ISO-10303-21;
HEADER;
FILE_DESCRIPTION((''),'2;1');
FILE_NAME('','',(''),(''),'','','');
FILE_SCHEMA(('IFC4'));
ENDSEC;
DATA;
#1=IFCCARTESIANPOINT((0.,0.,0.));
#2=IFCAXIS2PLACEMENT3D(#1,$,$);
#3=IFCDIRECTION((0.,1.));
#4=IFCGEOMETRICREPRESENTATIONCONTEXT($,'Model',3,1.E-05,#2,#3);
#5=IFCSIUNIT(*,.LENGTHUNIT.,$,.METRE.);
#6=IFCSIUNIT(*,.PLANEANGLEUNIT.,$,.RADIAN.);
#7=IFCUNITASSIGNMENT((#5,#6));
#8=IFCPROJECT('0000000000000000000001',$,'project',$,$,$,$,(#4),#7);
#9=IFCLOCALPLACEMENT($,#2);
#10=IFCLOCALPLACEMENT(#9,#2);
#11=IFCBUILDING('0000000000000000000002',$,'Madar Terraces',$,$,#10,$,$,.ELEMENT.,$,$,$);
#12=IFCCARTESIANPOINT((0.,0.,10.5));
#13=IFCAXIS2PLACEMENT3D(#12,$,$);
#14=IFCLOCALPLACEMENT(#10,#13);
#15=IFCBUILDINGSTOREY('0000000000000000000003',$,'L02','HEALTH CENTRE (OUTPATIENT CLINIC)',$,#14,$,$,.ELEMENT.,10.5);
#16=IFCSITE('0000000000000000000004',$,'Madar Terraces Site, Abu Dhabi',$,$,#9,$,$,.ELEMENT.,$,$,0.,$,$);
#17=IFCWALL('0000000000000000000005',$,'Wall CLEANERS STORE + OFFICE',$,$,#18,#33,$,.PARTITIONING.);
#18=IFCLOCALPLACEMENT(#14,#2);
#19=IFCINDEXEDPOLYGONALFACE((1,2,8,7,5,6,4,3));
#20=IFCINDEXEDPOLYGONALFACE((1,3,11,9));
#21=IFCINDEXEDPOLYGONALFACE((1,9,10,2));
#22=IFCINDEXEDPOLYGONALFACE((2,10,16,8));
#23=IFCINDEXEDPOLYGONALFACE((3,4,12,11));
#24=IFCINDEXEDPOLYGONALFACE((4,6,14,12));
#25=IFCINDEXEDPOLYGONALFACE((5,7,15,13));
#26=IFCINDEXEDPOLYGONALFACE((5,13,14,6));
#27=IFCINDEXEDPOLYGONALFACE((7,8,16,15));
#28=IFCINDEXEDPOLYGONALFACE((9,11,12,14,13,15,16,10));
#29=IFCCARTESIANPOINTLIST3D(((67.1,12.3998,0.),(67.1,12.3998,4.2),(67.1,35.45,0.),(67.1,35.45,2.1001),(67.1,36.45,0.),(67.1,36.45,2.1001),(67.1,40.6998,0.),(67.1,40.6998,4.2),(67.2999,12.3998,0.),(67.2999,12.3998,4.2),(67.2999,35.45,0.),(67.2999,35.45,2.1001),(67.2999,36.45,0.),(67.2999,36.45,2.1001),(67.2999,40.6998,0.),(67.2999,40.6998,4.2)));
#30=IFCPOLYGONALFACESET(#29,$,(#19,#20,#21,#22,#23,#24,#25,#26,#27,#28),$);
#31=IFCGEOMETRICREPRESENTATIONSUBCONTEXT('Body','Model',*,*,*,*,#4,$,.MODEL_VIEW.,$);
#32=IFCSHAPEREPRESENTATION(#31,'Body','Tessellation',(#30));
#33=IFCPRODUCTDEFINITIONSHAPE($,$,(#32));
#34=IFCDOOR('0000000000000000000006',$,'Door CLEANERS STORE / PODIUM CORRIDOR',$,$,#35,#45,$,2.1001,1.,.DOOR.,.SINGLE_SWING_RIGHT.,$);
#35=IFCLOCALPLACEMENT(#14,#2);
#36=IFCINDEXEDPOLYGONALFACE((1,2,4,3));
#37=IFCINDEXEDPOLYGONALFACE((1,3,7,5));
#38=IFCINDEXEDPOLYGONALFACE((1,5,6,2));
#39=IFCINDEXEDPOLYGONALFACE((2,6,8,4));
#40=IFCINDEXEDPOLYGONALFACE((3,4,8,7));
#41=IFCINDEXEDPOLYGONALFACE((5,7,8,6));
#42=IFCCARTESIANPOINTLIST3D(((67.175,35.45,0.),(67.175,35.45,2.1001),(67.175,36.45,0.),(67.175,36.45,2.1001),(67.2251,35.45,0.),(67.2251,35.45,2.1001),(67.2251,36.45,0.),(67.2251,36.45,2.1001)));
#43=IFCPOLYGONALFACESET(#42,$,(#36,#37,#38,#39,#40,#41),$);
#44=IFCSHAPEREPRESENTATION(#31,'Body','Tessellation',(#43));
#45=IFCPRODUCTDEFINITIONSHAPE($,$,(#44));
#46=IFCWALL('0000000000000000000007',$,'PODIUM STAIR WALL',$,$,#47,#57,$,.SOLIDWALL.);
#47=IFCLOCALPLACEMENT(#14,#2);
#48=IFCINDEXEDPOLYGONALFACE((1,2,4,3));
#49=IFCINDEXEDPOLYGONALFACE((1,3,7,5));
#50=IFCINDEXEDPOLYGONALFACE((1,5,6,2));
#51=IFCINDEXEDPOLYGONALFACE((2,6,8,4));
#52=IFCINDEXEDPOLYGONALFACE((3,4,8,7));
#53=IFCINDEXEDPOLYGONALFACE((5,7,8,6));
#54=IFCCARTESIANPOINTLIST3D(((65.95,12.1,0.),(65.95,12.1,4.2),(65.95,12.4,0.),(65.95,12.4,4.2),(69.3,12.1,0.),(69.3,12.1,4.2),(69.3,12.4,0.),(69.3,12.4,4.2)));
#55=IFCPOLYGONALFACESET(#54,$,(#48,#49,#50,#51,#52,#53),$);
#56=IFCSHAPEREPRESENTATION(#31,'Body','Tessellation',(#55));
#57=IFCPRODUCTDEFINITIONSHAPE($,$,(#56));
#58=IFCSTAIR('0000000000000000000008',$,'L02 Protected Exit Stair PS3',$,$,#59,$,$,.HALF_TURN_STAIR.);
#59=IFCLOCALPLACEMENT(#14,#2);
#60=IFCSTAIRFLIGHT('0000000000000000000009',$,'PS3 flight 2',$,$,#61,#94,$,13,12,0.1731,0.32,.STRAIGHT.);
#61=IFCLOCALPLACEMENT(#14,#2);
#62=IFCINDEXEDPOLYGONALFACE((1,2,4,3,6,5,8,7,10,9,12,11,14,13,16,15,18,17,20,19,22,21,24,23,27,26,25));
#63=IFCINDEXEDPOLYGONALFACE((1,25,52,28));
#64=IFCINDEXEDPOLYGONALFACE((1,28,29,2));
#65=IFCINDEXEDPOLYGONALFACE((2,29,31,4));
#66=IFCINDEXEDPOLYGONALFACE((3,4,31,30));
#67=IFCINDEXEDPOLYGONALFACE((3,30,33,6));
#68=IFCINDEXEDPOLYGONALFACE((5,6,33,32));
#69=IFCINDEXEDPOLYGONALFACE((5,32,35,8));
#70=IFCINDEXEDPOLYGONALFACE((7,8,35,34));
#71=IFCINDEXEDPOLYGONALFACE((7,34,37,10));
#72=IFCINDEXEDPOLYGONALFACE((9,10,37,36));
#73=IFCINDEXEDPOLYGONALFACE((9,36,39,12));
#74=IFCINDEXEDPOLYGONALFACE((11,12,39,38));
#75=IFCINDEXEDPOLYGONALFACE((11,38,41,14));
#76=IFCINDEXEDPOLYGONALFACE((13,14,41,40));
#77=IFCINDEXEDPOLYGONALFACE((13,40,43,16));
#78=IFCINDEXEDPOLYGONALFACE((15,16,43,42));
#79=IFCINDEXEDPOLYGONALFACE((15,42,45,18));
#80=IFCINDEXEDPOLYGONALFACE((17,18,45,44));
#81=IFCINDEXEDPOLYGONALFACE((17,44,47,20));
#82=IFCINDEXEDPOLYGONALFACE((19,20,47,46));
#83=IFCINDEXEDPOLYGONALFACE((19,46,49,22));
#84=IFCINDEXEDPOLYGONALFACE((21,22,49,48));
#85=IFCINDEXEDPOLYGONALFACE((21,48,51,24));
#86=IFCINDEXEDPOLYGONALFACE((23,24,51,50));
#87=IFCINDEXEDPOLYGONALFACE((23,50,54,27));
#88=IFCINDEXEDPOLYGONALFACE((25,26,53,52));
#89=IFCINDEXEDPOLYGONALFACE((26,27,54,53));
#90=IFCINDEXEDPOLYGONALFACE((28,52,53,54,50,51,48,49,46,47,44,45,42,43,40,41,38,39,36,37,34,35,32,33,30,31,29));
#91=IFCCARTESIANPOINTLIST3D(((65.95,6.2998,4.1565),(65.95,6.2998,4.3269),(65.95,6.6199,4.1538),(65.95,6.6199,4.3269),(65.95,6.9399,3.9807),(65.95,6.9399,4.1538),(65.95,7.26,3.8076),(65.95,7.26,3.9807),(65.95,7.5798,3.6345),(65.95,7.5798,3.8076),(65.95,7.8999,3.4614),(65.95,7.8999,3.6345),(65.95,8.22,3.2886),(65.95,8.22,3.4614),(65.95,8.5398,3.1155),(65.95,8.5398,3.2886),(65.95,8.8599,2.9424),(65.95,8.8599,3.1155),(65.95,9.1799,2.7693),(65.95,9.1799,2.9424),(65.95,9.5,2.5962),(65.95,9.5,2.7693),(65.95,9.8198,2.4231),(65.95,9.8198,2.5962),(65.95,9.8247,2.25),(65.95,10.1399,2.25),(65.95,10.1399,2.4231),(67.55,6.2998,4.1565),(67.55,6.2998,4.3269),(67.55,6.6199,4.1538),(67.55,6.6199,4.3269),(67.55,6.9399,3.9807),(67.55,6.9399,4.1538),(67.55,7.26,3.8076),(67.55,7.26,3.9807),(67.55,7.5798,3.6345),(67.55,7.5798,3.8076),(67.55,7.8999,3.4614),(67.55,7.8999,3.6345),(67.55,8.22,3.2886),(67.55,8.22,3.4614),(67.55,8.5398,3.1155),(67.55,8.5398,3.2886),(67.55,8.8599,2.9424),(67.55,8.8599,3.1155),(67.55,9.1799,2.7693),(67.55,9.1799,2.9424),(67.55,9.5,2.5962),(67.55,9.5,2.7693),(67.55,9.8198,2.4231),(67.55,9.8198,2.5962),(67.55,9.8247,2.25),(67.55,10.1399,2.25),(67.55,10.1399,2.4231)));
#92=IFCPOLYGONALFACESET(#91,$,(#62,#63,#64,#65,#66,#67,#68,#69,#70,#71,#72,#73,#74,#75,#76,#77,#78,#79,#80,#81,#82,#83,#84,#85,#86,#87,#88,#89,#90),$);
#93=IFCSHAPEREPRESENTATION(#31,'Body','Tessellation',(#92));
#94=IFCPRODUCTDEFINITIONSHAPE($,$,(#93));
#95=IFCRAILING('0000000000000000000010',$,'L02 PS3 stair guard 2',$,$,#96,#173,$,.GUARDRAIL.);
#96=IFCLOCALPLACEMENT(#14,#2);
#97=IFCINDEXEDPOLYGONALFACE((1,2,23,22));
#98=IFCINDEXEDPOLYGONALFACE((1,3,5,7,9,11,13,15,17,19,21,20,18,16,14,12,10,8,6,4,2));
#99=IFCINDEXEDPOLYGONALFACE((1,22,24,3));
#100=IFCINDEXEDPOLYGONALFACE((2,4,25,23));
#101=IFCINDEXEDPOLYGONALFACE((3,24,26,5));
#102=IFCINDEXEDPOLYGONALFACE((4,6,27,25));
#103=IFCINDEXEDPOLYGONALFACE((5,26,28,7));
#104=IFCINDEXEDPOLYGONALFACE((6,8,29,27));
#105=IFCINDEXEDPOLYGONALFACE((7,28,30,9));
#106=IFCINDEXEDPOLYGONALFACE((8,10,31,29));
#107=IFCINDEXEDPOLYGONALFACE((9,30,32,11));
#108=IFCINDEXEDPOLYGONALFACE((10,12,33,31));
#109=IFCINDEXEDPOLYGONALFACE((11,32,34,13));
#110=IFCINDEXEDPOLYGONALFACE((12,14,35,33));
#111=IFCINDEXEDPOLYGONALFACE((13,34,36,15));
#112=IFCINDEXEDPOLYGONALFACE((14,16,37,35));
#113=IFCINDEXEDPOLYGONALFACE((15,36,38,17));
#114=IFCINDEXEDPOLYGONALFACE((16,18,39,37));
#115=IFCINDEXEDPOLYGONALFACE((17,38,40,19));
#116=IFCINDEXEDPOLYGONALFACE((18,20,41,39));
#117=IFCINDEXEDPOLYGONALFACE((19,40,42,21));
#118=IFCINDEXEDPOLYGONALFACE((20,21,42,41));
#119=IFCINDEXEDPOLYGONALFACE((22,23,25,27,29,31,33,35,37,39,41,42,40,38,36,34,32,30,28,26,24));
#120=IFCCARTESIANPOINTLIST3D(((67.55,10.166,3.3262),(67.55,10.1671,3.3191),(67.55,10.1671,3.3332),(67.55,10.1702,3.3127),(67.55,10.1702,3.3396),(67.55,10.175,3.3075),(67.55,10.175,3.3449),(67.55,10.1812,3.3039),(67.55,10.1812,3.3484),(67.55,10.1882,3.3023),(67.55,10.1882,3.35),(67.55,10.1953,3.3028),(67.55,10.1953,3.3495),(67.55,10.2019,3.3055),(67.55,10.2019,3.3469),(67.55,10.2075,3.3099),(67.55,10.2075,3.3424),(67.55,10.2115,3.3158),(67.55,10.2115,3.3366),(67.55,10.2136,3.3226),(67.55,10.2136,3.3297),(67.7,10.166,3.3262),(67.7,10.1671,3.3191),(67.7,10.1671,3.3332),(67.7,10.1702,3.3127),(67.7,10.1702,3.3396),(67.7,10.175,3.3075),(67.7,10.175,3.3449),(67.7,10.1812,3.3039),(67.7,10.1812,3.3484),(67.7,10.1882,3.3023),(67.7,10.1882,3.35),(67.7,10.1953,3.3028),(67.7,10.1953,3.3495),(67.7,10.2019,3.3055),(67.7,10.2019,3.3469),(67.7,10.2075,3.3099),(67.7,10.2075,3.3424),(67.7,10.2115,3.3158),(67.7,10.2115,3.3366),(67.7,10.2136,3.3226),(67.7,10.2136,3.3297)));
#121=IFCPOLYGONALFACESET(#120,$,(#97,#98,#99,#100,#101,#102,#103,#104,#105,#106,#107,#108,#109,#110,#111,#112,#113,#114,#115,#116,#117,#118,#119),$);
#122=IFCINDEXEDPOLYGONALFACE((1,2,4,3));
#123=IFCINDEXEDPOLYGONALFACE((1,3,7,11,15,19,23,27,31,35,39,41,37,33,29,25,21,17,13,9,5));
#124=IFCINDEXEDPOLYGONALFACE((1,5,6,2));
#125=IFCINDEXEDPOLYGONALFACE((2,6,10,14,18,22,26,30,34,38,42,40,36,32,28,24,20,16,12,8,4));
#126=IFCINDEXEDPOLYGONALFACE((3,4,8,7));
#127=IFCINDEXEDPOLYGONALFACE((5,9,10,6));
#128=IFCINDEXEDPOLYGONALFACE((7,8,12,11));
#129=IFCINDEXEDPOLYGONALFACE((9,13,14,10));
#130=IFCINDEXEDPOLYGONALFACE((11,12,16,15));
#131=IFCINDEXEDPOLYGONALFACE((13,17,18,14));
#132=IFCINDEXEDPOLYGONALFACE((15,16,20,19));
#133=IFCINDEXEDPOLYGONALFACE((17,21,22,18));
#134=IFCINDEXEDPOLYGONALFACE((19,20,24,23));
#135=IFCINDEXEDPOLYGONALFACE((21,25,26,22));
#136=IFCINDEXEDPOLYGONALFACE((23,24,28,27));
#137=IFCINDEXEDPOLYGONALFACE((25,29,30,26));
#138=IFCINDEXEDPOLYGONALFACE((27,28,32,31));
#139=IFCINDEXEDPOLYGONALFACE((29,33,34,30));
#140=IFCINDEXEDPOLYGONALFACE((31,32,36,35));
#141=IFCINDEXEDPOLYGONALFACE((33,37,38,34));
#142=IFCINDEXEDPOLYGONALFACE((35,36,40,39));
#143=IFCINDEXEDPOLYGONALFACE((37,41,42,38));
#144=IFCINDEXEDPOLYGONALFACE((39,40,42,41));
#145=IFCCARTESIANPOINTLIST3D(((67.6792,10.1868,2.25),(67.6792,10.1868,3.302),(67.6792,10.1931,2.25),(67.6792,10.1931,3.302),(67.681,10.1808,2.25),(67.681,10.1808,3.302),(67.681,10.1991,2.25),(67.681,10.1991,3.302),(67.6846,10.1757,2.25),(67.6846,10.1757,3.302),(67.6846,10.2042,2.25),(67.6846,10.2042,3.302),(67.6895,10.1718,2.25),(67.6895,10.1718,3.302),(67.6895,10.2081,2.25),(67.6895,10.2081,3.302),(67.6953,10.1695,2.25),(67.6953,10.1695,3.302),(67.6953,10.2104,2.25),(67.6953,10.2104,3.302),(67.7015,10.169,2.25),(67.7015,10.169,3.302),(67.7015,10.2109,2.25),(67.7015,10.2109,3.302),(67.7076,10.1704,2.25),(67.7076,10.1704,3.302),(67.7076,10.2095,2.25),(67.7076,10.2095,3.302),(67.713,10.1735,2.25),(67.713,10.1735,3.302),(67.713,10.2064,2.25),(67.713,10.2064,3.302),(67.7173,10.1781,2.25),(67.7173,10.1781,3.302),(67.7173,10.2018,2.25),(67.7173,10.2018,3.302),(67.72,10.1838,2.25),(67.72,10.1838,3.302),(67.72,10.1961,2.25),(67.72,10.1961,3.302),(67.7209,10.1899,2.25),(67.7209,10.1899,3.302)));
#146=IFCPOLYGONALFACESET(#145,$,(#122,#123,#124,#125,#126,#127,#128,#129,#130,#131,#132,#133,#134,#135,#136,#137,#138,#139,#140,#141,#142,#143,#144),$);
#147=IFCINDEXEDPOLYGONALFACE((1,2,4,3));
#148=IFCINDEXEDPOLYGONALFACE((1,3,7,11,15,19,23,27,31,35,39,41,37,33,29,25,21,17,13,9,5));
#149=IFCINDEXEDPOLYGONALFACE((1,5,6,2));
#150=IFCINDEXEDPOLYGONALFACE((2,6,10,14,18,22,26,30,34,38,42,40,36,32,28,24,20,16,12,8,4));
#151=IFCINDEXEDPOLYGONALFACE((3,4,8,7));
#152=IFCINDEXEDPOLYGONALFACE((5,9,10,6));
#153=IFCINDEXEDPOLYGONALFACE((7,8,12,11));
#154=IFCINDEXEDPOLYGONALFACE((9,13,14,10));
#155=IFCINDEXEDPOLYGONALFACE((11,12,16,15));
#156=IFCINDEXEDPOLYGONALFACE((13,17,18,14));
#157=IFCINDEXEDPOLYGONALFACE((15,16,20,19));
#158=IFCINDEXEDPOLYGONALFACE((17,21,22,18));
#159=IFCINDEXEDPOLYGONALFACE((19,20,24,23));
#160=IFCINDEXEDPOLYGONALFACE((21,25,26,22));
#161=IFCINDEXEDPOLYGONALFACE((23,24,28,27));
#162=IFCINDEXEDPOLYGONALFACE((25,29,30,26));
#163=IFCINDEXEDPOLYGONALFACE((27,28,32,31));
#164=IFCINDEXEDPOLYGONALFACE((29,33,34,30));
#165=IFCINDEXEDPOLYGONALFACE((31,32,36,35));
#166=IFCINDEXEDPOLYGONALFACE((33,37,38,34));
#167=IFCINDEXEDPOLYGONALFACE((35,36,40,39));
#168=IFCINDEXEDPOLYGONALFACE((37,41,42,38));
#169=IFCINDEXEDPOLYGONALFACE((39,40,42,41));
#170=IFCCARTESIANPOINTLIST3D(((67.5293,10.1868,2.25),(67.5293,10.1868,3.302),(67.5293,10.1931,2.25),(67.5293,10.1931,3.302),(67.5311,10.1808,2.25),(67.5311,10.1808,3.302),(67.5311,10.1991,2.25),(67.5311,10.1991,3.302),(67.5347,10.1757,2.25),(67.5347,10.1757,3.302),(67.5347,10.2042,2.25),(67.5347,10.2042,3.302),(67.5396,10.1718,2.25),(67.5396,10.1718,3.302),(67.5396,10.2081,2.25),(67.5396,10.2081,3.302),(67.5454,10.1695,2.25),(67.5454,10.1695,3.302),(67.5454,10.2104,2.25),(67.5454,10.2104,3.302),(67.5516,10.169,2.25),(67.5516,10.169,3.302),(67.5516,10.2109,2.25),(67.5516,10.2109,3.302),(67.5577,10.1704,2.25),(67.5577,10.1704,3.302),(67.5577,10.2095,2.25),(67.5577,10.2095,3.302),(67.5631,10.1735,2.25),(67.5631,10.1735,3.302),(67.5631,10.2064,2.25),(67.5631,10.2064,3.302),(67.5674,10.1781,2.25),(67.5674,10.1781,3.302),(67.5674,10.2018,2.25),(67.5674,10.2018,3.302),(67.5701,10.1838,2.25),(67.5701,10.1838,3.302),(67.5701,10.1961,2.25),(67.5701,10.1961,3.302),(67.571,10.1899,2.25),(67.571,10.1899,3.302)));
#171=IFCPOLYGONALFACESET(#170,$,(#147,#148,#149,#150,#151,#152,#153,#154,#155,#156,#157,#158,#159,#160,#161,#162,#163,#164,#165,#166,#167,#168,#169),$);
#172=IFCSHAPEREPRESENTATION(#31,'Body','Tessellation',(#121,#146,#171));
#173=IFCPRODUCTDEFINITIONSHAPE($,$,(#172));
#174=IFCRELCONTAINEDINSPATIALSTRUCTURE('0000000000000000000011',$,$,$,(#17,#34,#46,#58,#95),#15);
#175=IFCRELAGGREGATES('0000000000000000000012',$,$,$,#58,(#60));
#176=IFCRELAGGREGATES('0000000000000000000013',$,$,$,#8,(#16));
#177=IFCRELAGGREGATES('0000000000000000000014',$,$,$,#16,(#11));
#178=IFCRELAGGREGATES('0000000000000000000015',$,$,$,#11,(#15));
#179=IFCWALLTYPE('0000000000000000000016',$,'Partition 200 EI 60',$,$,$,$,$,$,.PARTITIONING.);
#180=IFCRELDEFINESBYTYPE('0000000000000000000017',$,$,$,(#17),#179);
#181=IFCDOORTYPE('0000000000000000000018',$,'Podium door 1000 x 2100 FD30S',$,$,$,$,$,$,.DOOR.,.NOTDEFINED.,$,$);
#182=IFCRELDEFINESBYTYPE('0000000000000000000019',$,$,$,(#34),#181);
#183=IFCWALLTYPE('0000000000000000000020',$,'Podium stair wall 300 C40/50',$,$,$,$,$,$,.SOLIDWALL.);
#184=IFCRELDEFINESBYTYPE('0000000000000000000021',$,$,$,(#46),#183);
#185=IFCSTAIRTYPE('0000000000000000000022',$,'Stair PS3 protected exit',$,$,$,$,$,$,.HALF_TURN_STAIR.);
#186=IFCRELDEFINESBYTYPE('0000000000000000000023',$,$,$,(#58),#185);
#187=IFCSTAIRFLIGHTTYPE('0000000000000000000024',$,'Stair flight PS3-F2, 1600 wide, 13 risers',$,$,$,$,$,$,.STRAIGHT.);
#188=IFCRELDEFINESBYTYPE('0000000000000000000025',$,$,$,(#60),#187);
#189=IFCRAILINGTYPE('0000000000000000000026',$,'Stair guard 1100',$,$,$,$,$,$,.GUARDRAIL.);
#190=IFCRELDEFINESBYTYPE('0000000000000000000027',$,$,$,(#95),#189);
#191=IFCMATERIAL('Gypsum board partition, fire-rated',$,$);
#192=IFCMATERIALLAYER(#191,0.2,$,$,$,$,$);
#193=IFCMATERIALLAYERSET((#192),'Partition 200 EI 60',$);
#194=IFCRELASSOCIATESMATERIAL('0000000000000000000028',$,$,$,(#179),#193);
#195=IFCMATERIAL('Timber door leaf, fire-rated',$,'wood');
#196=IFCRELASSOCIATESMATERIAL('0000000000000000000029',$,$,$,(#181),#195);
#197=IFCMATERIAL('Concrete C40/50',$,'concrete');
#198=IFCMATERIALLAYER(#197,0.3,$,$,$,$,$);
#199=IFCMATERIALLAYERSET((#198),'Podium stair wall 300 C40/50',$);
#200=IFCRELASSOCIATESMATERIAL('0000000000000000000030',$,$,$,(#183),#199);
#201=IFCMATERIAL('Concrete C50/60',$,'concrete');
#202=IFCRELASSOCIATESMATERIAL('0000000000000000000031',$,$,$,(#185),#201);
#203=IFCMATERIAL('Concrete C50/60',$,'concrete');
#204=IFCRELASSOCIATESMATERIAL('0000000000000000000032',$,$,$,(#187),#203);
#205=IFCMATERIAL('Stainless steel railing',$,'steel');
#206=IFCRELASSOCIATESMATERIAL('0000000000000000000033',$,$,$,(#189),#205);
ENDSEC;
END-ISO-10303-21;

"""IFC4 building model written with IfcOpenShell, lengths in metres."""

from ifc_helpers import new_model, si_unit, direction, frame, frame_2d, origin, origin_2d, place, context, subcontext, project, spatial, polyline, rectangle, circle, outline, extrude, material, layer, layer_set, type_object, element, fill, aggregate, save


model = new_model("IFC4")

# Units and contexts
model_context = context("Model", 3, precision=1e-05, world=origin(), true_north=direction((0.0, 1.0)))
body_context = subcontext(model_context, "Body", "Model", "MODEL_VIEW")
ifc_project = project(units=[si_unit("LENGTHUNIT", "METRE"), si_unit("PLANEANGLEUNIT", "RADIAN")], contexts=[model_context])

# Site, building, storey
site_placement = place(None, origin())
site = spatial("IfcSite", under=ifc_project, at=site_placement, Name="Madar Terraces Site, Abu Dhabi", CompositionType="ELEMENT", RefElevation=0.0)
building_placement = place(site_placement, origin())
building = spatial("IfcBuilding", under=site, at=building_placement, Name="Madar Terraces", CompositionType="ELEMENT")
storey_placement = place(building_placement, frame((0.0, 0.0, 10.5)))
storey = spatial("IfcBuildingStorey", under=building, at=storey_placement, Name="L02", Description="HEALTH CENTRE (OUTPATIENT CLINIC)", CompositionType="ELEMENT", Elevation=10.5)

# Shared definitions
ifc_material_1 = material(Name="Gypsum board partition, fire-rated")
ifc_layer_1 = layer(ifc_material_1, 0.2)
ifc_layer_set_1 = layer_set([ifc_layer_1], Name="Partition 200 EI 60")
wall_type_1 = type_object("IfcWallType", Name="Partition 200 EI 60", PredefinedType="PARTITIONING", material=ifc_layer_set_1)

# Shared definitions
ifc_material_2 = material(Name="Timber door leaf, fire-rated", Category="wood")
door_type_1 = type_object("IfcDoorType", Name="Podium door 1000 x 2100 FD30S", OperationType="NOTDEFINED", PredefinedType="DOOR", material=ifc_material_2)

# Wall, opening, door
wall_1_placement = place(storey_placement, frame((67.2, 12.3999, 0.0), z_axis=(0.0, 0.0, 1.0), x_axis=(0.0, 1.0, 0.0)))
wall_1 = element("IfcWall", 1, at=wall_1_placement, inside=storey, type_object=wall_type_1, Name="Wall CLEANERS STORE + OFFICE", PredefinedType="PARTITIONING", context=body_context, shape_type="SweptSolid", body=[
    extrude(rectangle(XDim=28.3, YDim=0.2, at=frame_2d((14.1499, 0.0))), origin(), (0.0, 0.0, 1.0), 4.2),
])
opening_1_placement = place(wall_1_placement, frame((23.05, 0.0, 0.0)))
opening_1 = element("IfcOpeningElement", 2, at=opening_1_placement, cuts=wall_1, PredefinedType="OPENING", context=body_context, shape_type="SweptSolid", body=[
    extrude(rectangle(XDim=1.0, YDim=2.1001, at=frame_2d((0.5, 1.05))), frame((0.0, 0.1099, 0.0), z_axis=(0.0, -1.0, 0.0), x_axis=(1.0, 0.0, 0.0)), (0.0, 0.0, 1.0), 0.22),
])
door_1_placement = place(opening_1_placement, origin())
door_1 = element("IfcDoor", 3, at=door_1_placement, inside=storey, type_object=door_type_1, Name="Door CLEANERS STORE / PODIUM CORRIDOR", OperationType="SINGLE_SWING_RIGHT", OverallHeight=2.1001, OverallWidth=1.0, PredefinedType="DOOR", context=body_context, shape_type="SweptSolid", body=[
    extrude(rectangle(XDim=1.0, YDim=2.1001, at=frame_2d((0.5, 1.05))), frame((0.0, 0.0249, 0.0), z_axis=(0.0, -1.0, 0.0), x_axis=(1.0, 0.0, 0.0)), (0.0, 0.0, 1.0), 0.05),
])
fill(opening_1, door_1)

# Wall
ifc_material_3 = material(Name="Concrete C40/50", Category="concrete")
ifc_layer_2 = layer(ifc_material_3, 0.3)
ifc_layer_set_2 = layer_set([ifc_layer_2], Name="Podium stair wall 300 C40/50")
wall_type_2 = type_object("IfcWallType", Name="Podium stair wall 300 C40/50", PredefinedType="SOLIDWALL", material=ifc_layer_set_2)
wall_2_placement = place(storey_placement, frame((65.95, 12.25, 0.0), z_axis=(0.0, 0.0, 1.0), x_axis=(1.0, 0.0, 0.0)))
element("IfcWall", 4, at=wall_2_placement, inside=storey, type_object=wall_type_2, Name="PODIUM STAIR WALL", PredefinedType="SOLIDWALL", context=body_context, shape_type="SweptSolid", body=[
    extrude(rectangle(XDim=3.3501, YDim=0.3, at=frame_2d((1.675, 0.0))), origin(), (0.0, 0.0, 1.0), 4.2),
])

# Stair, stair flight
ifc_material_4 = material(Name="Concrete C50/60", Category="concrete")
stair_type = type_object("IfcStairType", Name="Stair PS3 protected exit", PredefinedType="HALF_TURN_STAIR", material=ifc_material_4)
stair_placement = place(storey_placement, origin())
stair = element("IfcStair", 5, at=stair_placement, inside=storey, type_object=stair_type, Name="L02 Protected Exit Stair PS3", PredefinedType="HALF_TURN_STAIR")
ifc_material_5 = material(Name="Concrete C50/60", Category="concrete")
stair_flight_type = type_object("IfcStairFlightType", Name="Stair flight PS3-F2, 1600 wide, 13 risers", PredefinedType="STRAIGHT", material=ifc_material_5)
stair_flight_placement = place(storey_placement, frame((66.75, 10.1399, 2.25), z_axis=(0.0, 0.0, 1.0), x_axis=(0.0, -1.0, 0.0)))
stair_flight = element("IfcStairFlight", 6, at=stair_flight_placement, type_object=stair_flight_type, Name="PS3 flight 2", NumberOfRisers=13, NumberOfTreads=12, PredefinedType="STRAIGHT", RiserHeight=0.1731, TreadLength=0.32, context=body_context, shape_type="SweptSolid", body=[
    extrude(outline(polyline([(0.0, 0.0), (0.0, 0.1731), (0.3201, 0.1731), (0.3201, 0.3462), (0.6399, 0.3462), (0.6399, 0.5193), (0.96, 0.5193), (0.96, 0.6924), (1.28, 0.6924), (1.28, 0.8655), (1.6001, 0.8655), (1.6001, 1.0386), (1.9199, 1.0386), (1.9199, 1.2114), (2.24, 1.2114), (2.24, 1.3845), (2.5601, 1.3845), (2.5601, 1.5576), (2.8799, 1.5576), (2.8799, 1.7307), (3.2, 1.7307), (3.2, 1.9038), (3.52, 1.9038), (3.52, 2.0769), (3.8401, 2.0769), (3.8401, 2.25), (3.8401, 1.9065), (0.3152, 0.0), (0.0, 0.0)])), frame((0.0, 0.8, 0.0), z_axis=(0.0, -1.0, 0.0), x_axis=(1.0, 0.0, 0.0)), (0.0, 0.0, 1.0), 1.6001),
])
aggregate(stair, [stair_flight])

# Railing
ifc_material_6 = material(Name="Stainless steel railing", Category="steel")
railing_type_1 = type_object("IfcRailingType", Name="Stair guard 1100", PredefinedType="GUARDRAIL", material=ifc_material_6)
railing_1_placement = place(storey_placement, frame((67.7, 10.1899, 2.25)))
element("IfcRailing", 7, at=railing_1_placement, inside=storey, type_object=railing_type_1, Name="L02 PS3 stair guard 2", PredefinedType="GUARDRAIL", context=body_context, shape_type="SweptSolid", body=[
    extrude(circle(Radius=0.0239, at=origin_2d()), frame((0.0, 0.0, 1.0762), z_axis=(-1.0, 0.0, 0.0), x_axis=(0.0, -1.0, 0.0)), (0.0, 0.0, 1.0), 0.1499),
    extrude(circle(Radius=0.021, at=origin_2d()), origin(), (0.0, 0.0, 1.0), 1.052),
    extrude(circle(Radius=0.021, at=origin_2d()), frame((-0.1499, 0.0, 0.0)), (0.0, 0.0, 1.0), 1.052),
])

save(model, "model.ifc")
